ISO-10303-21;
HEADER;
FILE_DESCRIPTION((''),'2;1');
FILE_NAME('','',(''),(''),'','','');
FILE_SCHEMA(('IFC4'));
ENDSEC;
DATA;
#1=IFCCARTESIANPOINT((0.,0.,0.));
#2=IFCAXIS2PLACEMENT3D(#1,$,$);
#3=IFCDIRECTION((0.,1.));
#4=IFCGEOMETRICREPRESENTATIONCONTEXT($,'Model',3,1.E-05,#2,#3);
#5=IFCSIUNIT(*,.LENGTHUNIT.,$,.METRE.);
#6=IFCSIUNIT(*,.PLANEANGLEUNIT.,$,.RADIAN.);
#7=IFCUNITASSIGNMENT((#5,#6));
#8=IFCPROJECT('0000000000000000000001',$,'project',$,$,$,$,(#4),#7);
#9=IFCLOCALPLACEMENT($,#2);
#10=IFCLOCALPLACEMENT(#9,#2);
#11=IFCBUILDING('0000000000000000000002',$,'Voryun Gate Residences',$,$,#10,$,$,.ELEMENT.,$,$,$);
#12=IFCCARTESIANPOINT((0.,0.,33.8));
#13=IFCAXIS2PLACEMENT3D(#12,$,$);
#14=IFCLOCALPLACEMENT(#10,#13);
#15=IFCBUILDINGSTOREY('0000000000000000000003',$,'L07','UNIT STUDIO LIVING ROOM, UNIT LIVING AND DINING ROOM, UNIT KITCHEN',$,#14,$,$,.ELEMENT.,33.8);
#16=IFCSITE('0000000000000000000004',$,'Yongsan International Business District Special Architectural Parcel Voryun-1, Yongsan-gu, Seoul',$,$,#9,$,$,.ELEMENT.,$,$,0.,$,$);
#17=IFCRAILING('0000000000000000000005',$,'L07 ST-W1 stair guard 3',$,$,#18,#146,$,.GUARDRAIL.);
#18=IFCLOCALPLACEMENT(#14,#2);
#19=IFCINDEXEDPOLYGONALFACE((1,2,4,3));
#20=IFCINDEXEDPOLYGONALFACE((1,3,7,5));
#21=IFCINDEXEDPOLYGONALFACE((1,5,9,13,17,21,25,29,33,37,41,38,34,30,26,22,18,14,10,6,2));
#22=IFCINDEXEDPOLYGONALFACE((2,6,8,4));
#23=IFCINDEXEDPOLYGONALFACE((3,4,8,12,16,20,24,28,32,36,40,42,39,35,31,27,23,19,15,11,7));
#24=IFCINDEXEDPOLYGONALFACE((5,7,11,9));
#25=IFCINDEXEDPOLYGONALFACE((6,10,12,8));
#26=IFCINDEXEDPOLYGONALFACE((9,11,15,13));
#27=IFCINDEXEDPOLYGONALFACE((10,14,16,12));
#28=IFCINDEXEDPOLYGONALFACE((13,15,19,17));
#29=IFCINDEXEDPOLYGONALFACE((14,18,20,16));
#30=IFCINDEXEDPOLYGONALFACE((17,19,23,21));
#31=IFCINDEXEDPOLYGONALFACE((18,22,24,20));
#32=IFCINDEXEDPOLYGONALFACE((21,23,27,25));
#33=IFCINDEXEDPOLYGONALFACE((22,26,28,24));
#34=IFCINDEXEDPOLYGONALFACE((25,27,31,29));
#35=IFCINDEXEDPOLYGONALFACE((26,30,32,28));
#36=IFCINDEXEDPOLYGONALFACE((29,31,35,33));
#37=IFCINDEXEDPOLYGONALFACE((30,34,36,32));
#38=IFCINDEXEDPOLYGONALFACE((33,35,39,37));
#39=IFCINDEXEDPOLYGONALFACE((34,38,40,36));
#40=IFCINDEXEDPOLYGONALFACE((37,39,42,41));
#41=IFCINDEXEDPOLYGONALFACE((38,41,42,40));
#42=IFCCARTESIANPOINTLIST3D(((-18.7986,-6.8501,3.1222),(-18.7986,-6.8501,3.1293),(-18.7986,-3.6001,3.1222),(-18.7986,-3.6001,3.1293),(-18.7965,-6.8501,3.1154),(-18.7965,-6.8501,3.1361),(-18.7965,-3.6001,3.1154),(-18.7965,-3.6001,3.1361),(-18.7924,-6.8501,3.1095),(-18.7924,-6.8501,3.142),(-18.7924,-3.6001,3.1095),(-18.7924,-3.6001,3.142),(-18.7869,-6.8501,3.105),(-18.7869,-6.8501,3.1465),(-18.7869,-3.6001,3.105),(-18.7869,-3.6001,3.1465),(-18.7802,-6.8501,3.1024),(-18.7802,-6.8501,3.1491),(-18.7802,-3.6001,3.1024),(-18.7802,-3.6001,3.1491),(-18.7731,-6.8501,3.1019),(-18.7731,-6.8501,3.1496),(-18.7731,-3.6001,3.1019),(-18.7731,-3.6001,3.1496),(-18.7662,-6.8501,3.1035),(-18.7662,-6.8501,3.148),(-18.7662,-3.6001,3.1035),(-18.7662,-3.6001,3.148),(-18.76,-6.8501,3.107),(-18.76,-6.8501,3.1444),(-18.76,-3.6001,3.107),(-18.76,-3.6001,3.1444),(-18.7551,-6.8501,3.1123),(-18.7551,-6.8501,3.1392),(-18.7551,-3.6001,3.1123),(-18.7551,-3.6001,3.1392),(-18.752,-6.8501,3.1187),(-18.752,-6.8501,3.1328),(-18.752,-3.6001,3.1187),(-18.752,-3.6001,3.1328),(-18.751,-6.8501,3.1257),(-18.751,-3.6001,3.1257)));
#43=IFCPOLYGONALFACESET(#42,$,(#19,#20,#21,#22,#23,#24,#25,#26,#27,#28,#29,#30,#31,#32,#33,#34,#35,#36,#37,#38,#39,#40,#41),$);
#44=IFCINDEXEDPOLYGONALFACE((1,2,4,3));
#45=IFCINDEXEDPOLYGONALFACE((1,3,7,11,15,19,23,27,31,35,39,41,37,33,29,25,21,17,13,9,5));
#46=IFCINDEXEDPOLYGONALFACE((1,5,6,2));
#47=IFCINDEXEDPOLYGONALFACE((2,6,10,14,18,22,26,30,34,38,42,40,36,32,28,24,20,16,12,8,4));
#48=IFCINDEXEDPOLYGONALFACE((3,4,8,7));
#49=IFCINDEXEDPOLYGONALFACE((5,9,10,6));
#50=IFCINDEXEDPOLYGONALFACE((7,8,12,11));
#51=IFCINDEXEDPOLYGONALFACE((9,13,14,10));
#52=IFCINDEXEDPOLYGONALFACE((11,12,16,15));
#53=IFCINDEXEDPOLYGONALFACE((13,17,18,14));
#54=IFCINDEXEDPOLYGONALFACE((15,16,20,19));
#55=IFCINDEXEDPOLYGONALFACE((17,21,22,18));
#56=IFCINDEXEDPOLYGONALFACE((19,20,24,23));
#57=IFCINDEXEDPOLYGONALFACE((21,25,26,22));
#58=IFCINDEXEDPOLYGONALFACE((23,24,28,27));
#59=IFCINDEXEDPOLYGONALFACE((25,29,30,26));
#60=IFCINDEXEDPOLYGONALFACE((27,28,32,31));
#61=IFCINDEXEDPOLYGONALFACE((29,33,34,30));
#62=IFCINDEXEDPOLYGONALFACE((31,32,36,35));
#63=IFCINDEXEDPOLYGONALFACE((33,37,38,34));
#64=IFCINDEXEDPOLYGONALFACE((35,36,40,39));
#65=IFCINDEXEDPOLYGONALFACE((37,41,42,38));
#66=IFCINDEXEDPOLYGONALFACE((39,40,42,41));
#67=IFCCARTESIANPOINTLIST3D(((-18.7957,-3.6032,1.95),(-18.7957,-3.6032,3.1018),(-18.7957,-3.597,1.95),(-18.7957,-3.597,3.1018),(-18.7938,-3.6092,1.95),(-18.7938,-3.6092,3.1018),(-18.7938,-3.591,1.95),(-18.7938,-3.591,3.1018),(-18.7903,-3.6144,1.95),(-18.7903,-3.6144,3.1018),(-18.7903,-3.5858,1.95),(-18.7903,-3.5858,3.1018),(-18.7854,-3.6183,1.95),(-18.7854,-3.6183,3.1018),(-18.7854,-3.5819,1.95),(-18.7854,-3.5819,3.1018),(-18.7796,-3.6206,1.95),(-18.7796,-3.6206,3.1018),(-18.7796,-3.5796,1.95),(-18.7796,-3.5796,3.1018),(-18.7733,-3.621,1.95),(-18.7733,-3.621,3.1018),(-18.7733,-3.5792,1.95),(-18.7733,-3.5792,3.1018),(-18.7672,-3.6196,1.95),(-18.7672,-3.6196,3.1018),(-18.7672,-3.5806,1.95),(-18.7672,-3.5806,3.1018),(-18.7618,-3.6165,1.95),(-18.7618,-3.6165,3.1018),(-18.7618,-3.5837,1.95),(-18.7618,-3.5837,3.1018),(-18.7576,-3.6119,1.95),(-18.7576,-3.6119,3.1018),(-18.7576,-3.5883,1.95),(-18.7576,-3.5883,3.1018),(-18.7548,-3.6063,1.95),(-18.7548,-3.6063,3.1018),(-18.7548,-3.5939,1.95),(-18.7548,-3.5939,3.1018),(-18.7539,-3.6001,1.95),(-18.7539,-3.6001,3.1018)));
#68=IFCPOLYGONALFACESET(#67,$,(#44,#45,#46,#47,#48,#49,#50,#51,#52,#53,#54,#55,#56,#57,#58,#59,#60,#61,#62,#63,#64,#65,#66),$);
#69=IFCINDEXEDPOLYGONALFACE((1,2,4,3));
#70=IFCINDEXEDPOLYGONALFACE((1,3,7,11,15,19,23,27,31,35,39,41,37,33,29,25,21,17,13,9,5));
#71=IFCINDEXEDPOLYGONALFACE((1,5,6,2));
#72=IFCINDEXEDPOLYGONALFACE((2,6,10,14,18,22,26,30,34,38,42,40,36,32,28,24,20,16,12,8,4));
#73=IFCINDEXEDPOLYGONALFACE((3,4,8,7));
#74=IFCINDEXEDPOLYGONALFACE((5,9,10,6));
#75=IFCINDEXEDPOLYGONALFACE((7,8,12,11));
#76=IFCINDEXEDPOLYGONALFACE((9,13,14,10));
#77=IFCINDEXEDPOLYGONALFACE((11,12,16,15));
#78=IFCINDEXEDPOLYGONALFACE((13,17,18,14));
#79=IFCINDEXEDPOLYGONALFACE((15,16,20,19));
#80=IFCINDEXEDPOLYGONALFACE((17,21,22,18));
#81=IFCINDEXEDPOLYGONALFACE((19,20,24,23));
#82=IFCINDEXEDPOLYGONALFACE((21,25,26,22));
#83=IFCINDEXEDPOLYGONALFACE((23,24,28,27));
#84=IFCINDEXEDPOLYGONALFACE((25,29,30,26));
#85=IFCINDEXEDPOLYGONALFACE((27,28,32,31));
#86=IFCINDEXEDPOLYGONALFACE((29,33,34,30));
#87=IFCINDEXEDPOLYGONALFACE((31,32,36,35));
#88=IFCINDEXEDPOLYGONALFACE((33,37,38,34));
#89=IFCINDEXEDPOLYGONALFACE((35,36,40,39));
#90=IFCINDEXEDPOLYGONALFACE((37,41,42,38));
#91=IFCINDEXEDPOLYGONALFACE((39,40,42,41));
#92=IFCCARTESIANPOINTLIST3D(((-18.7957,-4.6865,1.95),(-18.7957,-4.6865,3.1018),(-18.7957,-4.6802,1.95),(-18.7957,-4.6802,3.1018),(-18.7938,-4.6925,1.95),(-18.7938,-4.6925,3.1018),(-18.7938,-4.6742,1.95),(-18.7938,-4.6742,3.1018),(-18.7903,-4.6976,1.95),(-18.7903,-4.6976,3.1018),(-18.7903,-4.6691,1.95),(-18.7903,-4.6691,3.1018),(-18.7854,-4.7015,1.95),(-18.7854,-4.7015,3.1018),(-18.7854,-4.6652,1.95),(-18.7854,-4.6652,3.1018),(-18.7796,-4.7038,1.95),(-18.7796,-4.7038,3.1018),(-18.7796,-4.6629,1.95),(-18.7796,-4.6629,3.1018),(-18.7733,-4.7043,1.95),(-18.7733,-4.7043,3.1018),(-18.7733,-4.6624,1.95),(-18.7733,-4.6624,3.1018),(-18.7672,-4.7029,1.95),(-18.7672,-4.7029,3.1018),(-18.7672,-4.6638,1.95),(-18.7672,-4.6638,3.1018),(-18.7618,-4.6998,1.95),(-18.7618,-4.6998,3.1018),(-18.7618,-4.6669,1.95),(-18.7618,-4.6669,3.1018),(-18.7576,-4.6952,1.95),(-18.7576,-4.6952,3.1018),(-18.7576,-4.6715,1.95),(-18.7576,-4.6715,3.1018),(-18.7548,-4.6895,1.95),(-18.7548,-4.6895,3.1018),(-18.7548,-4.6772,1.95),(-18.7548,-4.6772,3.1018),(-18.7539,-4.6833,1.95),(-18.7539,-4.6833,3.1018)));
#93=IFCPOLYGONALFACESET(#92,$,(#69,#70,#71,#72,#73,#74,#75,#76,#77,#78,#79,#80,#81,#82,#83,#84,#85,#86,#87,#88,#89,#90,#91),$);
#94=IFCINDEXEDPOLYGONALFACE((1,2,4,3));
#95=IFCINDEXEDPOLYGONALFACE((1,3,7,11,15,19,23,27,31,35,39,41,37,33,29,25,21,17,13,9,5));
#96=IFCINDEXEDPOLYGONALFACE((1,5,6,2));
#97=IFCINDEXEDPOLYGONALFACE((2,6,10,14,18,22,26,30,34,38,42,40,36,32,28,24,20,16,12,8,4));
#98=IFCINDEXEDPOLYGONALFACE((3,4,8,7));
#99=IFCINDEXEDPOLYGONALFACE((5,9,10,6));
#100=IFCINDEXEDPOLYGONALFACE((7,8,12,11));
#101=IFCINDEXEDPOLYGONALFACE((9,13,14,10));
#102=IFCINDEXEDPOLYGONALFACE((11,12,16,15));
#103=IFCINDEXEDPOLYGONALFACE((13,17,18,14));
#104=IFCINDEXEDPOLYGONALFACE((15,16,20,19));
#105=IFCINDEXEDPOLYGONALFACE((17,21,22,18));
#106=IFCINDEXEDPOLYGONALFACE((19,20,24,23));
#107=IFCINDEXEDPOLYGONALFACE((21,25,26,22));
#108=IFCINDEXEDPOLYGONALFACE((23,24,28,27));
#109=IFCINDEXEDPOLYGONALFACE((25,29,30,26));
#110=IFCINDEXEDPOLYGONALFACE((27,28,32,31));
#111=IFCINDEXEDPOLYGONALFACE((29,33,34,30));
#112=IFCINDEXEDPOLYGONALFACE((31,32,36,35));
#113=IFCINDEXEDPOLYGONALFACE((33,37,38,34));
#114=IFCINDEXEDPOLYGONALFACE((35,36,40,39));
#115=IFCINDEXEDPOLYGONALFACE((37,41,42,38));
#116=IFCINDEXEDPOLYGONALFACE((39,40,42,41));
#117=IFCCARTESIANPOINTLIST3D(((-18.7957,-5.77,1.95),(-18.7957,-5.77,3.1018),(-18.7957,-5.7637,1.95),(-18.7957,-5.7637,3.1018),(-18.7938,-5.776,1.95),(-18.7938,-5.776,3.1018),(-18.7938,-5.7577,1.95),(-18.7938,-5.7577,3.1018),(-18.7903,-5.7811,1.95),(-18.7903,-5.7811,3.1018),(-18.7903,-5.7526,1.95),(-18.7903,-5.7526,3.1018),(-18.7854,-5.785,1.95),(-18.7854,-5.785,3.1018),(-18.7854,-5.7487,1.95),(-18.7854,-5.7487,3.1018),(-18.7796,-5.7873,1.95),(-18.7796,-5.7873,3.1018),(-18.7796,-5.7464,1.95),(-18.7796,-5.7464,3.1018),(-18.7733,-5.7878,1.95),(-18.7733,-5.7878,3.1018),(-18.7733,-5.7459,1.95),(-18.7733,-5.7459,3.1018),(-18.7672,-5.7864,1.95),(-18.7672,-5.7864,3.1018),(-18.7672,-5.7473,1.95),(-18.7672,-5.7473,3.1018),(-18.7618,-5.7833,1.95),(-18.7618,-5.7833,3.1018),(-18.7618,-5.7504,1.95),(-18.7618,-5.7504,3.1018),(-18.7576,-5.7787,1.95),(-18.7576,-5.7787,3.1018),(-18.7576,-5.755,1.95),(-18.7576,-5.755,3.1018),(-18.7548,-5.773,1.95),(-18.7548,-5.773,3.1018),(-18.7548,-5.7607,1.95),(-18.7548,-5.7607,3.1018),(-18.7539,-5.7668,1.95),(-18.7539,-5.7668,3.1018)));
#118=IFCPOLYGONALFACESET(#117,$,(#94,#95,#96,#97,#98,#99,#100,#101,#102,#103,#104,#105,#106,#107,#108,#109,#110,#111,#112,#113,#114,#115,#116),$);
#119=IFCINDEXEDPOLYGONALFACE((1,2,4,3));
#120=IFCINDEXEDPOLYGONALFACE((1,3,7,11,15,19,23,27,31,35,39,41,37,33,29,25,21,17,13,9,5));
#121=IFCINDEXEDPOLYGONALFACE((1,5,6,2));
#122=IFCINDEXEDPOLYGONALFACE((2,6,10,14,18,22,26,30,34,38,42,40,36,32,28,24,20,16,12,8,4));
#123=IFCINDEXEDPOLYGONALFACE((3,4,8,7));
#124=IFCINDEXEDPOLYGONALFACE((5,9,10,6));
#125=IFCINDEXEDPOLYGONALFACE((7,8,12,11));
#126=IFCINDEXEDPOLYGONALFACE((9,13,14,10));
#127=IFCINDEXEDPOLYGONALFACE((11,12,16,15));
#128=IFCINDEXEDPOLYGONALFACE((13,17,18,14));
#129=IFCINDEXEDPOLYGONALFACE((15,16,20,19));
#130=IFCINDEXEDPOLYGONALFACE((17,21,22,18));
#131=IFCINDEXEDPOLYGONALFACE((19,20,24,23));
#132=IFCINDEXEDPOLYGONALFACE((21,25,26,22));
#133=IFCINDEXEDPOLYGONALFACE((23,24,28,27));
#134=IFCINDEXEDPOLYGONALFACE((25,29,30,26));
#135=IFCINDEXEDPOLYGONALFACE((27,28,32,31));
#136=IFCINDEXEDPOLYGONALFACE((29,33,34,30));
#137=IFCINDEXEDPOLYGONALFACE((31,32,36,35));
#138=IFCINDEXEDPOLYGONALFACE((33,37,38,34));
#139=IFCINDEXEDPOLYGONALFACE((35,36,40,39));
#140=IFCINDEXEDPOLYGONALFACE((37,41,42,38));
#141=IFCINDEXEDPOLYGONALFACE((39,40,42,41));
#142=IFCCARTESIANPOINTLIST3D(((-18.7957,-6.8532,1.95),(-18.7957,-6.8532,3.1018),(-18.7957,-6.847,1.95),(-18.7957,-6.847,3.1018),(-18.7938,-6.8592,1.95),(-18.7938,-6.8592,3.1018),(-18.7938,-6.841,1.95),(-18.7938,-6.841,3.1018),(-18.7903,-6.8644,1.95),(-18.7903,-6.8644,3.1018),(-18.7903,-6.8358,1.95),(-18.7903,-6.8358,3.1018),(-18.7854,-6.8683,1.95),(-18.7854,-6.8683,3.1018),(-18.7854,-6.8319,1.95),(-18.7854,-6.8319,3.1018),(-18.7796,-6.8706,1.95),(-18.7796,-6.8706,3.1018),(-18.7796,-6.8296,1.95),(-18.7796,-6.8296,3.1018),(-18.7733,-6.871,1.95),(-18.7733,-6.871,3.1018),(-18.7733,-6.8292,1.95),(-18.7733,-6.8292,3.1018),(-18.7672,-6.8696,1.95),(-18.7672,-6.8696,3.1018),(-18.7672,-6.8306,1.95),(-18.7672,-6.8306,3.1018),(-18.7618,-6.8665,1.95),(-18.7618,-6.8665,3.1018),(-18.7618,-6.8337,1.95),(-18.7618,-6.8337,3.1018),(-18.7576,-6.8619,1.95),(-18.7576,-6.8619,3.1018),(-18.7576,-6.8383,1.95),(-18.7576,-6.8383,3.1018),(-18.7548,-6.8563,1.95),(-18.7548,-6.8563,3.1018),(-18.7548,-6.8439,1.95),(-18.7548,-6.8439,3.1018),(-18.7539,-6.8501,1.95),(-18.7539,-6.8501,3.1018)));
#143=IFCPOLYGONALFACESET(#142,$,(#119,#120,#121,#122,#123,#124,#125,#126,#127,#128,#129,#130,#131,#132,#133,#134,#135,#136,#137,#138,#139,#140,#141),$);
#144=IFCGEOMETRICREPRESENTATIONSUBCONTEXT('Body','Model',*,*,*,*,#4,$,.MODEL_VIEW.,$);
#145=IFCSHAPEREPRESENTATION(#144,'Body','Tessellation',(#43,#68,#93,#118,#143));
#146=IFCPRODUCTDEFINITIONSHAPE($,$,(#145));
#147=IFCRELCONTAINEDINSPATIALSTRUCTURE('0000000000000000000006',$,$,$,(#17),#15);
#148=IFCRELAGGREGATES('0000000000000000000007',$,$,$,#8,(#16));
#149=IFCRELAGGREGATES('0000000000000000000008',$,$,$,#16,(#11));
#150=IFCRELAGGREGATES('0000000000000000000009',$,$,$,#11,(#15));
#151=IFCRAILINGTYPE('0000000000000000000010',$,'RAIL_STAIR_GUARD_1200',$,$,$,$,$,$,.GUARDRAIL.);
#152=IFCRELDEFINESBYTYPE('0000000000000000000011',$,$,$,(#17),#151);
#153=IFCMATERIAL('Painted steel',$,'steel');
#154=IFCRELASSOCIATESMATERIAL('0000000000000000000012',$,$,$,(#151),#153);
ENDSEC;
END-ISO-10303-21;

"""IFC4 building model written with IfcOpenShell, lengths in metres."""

from ifc_helpers import new_model, si_unit, direction, frame, origin, origin_2d, place, context, subcontext, project, spatial, circle, extrude, material, type_object, element, save


model = new_model("IFC4")

# Units and contexts
model_context = context("Model", 3, precision=1e-05, world=origin(), true_north=direction((0.0, 1.0)))
body_context = subcontext(model_context, "Body", "Model", "MODEL_VIEW")
ifc_project = project(units=[si_unit("LENGTHUNIT", "METRE"), si_unit("PLANEANGLEUNIT", "RADIAN")], contexts=[model_context])

# Site, building, storey
site_placement = place(None, origin())
site = spatial("IfcSite", under=ifc_project, at=site_placement, Name="Yongsan International Business District Special Architectural Parcel Voryun-1, Yongsan-gu, Seoul", CompositionType="ELEMENT", RefElevation=0.0)
building_placement = place(site_placement, origin())
building = spatial("IfcBuilding", under=site, at=building_placement, Name="Voryun Gate Residences", CompositionType="ELEMENT")
storey_placement = place(building_placement, frame((0.0, 0.0, 33.8)))
storey = spatial("IfcBuildingStorey", under=building, at=storey_placement, Name="L07", Description="UNIT STUDIO LIVING ROOM, UNIT LIVING AND DINING ROOM, UNIT KITCHEN", CompositionType="ELEMENT", Elevation=33.8)

# Railing
ifc_material_1 = material(Name="Painted steel", Category="steel")
railing_type_1 = type_object("IfcRailingType", Name="RAIL_STAIR_GUARD_1200", PredefinedType="GUARDRAIL", material=ifc_material_1)
for number, where, name in (
    (1, (-18.7749, -3.6001, 1.95), "L07 ST-W1 stair guard 3"),
):
    element("IfcRailing", number, at=place(storey_placement, frame(where)), inside=storey, type_object=railing_type_1, Name=name, PredefinedType="GUARDRAIL", context=body_context, shape_type="SweptSolid", body=[
        extrude(circle(Radius=0.0239, at=origin_2d()), frame((0.0, 0.0, 1.1758), z_axis=(0.0, -1.0, 0.0), x_axis=(1.0, 0.0, 0.0)), (0.0, 0.0, 1.0), 3.25),
        extrude(circle(Radius=0.021, at=origin_2d()), origin(), (0.0, 0.0, 1.0), 1.1519),
        extrude(circle(Radius=0.021, at=origin_2d()), frame((0.0, -1.0833, 0.0)), (0.0, 0.0, 1.0), 1.1519),
        extrude(circle(Radius=0.021, at=origin_2d()), frame((0.0, -2.1667, 0.0)), (0.0, 0.0, 1.0), 1.1519),
        extrude(circle(Radius=0.021, at=origin_2d()), frame((0.0, -3.25, 0.0)), (0.0, 0.0, 1.0), 1.1519),
    ])

save(model, "model.ifc")
